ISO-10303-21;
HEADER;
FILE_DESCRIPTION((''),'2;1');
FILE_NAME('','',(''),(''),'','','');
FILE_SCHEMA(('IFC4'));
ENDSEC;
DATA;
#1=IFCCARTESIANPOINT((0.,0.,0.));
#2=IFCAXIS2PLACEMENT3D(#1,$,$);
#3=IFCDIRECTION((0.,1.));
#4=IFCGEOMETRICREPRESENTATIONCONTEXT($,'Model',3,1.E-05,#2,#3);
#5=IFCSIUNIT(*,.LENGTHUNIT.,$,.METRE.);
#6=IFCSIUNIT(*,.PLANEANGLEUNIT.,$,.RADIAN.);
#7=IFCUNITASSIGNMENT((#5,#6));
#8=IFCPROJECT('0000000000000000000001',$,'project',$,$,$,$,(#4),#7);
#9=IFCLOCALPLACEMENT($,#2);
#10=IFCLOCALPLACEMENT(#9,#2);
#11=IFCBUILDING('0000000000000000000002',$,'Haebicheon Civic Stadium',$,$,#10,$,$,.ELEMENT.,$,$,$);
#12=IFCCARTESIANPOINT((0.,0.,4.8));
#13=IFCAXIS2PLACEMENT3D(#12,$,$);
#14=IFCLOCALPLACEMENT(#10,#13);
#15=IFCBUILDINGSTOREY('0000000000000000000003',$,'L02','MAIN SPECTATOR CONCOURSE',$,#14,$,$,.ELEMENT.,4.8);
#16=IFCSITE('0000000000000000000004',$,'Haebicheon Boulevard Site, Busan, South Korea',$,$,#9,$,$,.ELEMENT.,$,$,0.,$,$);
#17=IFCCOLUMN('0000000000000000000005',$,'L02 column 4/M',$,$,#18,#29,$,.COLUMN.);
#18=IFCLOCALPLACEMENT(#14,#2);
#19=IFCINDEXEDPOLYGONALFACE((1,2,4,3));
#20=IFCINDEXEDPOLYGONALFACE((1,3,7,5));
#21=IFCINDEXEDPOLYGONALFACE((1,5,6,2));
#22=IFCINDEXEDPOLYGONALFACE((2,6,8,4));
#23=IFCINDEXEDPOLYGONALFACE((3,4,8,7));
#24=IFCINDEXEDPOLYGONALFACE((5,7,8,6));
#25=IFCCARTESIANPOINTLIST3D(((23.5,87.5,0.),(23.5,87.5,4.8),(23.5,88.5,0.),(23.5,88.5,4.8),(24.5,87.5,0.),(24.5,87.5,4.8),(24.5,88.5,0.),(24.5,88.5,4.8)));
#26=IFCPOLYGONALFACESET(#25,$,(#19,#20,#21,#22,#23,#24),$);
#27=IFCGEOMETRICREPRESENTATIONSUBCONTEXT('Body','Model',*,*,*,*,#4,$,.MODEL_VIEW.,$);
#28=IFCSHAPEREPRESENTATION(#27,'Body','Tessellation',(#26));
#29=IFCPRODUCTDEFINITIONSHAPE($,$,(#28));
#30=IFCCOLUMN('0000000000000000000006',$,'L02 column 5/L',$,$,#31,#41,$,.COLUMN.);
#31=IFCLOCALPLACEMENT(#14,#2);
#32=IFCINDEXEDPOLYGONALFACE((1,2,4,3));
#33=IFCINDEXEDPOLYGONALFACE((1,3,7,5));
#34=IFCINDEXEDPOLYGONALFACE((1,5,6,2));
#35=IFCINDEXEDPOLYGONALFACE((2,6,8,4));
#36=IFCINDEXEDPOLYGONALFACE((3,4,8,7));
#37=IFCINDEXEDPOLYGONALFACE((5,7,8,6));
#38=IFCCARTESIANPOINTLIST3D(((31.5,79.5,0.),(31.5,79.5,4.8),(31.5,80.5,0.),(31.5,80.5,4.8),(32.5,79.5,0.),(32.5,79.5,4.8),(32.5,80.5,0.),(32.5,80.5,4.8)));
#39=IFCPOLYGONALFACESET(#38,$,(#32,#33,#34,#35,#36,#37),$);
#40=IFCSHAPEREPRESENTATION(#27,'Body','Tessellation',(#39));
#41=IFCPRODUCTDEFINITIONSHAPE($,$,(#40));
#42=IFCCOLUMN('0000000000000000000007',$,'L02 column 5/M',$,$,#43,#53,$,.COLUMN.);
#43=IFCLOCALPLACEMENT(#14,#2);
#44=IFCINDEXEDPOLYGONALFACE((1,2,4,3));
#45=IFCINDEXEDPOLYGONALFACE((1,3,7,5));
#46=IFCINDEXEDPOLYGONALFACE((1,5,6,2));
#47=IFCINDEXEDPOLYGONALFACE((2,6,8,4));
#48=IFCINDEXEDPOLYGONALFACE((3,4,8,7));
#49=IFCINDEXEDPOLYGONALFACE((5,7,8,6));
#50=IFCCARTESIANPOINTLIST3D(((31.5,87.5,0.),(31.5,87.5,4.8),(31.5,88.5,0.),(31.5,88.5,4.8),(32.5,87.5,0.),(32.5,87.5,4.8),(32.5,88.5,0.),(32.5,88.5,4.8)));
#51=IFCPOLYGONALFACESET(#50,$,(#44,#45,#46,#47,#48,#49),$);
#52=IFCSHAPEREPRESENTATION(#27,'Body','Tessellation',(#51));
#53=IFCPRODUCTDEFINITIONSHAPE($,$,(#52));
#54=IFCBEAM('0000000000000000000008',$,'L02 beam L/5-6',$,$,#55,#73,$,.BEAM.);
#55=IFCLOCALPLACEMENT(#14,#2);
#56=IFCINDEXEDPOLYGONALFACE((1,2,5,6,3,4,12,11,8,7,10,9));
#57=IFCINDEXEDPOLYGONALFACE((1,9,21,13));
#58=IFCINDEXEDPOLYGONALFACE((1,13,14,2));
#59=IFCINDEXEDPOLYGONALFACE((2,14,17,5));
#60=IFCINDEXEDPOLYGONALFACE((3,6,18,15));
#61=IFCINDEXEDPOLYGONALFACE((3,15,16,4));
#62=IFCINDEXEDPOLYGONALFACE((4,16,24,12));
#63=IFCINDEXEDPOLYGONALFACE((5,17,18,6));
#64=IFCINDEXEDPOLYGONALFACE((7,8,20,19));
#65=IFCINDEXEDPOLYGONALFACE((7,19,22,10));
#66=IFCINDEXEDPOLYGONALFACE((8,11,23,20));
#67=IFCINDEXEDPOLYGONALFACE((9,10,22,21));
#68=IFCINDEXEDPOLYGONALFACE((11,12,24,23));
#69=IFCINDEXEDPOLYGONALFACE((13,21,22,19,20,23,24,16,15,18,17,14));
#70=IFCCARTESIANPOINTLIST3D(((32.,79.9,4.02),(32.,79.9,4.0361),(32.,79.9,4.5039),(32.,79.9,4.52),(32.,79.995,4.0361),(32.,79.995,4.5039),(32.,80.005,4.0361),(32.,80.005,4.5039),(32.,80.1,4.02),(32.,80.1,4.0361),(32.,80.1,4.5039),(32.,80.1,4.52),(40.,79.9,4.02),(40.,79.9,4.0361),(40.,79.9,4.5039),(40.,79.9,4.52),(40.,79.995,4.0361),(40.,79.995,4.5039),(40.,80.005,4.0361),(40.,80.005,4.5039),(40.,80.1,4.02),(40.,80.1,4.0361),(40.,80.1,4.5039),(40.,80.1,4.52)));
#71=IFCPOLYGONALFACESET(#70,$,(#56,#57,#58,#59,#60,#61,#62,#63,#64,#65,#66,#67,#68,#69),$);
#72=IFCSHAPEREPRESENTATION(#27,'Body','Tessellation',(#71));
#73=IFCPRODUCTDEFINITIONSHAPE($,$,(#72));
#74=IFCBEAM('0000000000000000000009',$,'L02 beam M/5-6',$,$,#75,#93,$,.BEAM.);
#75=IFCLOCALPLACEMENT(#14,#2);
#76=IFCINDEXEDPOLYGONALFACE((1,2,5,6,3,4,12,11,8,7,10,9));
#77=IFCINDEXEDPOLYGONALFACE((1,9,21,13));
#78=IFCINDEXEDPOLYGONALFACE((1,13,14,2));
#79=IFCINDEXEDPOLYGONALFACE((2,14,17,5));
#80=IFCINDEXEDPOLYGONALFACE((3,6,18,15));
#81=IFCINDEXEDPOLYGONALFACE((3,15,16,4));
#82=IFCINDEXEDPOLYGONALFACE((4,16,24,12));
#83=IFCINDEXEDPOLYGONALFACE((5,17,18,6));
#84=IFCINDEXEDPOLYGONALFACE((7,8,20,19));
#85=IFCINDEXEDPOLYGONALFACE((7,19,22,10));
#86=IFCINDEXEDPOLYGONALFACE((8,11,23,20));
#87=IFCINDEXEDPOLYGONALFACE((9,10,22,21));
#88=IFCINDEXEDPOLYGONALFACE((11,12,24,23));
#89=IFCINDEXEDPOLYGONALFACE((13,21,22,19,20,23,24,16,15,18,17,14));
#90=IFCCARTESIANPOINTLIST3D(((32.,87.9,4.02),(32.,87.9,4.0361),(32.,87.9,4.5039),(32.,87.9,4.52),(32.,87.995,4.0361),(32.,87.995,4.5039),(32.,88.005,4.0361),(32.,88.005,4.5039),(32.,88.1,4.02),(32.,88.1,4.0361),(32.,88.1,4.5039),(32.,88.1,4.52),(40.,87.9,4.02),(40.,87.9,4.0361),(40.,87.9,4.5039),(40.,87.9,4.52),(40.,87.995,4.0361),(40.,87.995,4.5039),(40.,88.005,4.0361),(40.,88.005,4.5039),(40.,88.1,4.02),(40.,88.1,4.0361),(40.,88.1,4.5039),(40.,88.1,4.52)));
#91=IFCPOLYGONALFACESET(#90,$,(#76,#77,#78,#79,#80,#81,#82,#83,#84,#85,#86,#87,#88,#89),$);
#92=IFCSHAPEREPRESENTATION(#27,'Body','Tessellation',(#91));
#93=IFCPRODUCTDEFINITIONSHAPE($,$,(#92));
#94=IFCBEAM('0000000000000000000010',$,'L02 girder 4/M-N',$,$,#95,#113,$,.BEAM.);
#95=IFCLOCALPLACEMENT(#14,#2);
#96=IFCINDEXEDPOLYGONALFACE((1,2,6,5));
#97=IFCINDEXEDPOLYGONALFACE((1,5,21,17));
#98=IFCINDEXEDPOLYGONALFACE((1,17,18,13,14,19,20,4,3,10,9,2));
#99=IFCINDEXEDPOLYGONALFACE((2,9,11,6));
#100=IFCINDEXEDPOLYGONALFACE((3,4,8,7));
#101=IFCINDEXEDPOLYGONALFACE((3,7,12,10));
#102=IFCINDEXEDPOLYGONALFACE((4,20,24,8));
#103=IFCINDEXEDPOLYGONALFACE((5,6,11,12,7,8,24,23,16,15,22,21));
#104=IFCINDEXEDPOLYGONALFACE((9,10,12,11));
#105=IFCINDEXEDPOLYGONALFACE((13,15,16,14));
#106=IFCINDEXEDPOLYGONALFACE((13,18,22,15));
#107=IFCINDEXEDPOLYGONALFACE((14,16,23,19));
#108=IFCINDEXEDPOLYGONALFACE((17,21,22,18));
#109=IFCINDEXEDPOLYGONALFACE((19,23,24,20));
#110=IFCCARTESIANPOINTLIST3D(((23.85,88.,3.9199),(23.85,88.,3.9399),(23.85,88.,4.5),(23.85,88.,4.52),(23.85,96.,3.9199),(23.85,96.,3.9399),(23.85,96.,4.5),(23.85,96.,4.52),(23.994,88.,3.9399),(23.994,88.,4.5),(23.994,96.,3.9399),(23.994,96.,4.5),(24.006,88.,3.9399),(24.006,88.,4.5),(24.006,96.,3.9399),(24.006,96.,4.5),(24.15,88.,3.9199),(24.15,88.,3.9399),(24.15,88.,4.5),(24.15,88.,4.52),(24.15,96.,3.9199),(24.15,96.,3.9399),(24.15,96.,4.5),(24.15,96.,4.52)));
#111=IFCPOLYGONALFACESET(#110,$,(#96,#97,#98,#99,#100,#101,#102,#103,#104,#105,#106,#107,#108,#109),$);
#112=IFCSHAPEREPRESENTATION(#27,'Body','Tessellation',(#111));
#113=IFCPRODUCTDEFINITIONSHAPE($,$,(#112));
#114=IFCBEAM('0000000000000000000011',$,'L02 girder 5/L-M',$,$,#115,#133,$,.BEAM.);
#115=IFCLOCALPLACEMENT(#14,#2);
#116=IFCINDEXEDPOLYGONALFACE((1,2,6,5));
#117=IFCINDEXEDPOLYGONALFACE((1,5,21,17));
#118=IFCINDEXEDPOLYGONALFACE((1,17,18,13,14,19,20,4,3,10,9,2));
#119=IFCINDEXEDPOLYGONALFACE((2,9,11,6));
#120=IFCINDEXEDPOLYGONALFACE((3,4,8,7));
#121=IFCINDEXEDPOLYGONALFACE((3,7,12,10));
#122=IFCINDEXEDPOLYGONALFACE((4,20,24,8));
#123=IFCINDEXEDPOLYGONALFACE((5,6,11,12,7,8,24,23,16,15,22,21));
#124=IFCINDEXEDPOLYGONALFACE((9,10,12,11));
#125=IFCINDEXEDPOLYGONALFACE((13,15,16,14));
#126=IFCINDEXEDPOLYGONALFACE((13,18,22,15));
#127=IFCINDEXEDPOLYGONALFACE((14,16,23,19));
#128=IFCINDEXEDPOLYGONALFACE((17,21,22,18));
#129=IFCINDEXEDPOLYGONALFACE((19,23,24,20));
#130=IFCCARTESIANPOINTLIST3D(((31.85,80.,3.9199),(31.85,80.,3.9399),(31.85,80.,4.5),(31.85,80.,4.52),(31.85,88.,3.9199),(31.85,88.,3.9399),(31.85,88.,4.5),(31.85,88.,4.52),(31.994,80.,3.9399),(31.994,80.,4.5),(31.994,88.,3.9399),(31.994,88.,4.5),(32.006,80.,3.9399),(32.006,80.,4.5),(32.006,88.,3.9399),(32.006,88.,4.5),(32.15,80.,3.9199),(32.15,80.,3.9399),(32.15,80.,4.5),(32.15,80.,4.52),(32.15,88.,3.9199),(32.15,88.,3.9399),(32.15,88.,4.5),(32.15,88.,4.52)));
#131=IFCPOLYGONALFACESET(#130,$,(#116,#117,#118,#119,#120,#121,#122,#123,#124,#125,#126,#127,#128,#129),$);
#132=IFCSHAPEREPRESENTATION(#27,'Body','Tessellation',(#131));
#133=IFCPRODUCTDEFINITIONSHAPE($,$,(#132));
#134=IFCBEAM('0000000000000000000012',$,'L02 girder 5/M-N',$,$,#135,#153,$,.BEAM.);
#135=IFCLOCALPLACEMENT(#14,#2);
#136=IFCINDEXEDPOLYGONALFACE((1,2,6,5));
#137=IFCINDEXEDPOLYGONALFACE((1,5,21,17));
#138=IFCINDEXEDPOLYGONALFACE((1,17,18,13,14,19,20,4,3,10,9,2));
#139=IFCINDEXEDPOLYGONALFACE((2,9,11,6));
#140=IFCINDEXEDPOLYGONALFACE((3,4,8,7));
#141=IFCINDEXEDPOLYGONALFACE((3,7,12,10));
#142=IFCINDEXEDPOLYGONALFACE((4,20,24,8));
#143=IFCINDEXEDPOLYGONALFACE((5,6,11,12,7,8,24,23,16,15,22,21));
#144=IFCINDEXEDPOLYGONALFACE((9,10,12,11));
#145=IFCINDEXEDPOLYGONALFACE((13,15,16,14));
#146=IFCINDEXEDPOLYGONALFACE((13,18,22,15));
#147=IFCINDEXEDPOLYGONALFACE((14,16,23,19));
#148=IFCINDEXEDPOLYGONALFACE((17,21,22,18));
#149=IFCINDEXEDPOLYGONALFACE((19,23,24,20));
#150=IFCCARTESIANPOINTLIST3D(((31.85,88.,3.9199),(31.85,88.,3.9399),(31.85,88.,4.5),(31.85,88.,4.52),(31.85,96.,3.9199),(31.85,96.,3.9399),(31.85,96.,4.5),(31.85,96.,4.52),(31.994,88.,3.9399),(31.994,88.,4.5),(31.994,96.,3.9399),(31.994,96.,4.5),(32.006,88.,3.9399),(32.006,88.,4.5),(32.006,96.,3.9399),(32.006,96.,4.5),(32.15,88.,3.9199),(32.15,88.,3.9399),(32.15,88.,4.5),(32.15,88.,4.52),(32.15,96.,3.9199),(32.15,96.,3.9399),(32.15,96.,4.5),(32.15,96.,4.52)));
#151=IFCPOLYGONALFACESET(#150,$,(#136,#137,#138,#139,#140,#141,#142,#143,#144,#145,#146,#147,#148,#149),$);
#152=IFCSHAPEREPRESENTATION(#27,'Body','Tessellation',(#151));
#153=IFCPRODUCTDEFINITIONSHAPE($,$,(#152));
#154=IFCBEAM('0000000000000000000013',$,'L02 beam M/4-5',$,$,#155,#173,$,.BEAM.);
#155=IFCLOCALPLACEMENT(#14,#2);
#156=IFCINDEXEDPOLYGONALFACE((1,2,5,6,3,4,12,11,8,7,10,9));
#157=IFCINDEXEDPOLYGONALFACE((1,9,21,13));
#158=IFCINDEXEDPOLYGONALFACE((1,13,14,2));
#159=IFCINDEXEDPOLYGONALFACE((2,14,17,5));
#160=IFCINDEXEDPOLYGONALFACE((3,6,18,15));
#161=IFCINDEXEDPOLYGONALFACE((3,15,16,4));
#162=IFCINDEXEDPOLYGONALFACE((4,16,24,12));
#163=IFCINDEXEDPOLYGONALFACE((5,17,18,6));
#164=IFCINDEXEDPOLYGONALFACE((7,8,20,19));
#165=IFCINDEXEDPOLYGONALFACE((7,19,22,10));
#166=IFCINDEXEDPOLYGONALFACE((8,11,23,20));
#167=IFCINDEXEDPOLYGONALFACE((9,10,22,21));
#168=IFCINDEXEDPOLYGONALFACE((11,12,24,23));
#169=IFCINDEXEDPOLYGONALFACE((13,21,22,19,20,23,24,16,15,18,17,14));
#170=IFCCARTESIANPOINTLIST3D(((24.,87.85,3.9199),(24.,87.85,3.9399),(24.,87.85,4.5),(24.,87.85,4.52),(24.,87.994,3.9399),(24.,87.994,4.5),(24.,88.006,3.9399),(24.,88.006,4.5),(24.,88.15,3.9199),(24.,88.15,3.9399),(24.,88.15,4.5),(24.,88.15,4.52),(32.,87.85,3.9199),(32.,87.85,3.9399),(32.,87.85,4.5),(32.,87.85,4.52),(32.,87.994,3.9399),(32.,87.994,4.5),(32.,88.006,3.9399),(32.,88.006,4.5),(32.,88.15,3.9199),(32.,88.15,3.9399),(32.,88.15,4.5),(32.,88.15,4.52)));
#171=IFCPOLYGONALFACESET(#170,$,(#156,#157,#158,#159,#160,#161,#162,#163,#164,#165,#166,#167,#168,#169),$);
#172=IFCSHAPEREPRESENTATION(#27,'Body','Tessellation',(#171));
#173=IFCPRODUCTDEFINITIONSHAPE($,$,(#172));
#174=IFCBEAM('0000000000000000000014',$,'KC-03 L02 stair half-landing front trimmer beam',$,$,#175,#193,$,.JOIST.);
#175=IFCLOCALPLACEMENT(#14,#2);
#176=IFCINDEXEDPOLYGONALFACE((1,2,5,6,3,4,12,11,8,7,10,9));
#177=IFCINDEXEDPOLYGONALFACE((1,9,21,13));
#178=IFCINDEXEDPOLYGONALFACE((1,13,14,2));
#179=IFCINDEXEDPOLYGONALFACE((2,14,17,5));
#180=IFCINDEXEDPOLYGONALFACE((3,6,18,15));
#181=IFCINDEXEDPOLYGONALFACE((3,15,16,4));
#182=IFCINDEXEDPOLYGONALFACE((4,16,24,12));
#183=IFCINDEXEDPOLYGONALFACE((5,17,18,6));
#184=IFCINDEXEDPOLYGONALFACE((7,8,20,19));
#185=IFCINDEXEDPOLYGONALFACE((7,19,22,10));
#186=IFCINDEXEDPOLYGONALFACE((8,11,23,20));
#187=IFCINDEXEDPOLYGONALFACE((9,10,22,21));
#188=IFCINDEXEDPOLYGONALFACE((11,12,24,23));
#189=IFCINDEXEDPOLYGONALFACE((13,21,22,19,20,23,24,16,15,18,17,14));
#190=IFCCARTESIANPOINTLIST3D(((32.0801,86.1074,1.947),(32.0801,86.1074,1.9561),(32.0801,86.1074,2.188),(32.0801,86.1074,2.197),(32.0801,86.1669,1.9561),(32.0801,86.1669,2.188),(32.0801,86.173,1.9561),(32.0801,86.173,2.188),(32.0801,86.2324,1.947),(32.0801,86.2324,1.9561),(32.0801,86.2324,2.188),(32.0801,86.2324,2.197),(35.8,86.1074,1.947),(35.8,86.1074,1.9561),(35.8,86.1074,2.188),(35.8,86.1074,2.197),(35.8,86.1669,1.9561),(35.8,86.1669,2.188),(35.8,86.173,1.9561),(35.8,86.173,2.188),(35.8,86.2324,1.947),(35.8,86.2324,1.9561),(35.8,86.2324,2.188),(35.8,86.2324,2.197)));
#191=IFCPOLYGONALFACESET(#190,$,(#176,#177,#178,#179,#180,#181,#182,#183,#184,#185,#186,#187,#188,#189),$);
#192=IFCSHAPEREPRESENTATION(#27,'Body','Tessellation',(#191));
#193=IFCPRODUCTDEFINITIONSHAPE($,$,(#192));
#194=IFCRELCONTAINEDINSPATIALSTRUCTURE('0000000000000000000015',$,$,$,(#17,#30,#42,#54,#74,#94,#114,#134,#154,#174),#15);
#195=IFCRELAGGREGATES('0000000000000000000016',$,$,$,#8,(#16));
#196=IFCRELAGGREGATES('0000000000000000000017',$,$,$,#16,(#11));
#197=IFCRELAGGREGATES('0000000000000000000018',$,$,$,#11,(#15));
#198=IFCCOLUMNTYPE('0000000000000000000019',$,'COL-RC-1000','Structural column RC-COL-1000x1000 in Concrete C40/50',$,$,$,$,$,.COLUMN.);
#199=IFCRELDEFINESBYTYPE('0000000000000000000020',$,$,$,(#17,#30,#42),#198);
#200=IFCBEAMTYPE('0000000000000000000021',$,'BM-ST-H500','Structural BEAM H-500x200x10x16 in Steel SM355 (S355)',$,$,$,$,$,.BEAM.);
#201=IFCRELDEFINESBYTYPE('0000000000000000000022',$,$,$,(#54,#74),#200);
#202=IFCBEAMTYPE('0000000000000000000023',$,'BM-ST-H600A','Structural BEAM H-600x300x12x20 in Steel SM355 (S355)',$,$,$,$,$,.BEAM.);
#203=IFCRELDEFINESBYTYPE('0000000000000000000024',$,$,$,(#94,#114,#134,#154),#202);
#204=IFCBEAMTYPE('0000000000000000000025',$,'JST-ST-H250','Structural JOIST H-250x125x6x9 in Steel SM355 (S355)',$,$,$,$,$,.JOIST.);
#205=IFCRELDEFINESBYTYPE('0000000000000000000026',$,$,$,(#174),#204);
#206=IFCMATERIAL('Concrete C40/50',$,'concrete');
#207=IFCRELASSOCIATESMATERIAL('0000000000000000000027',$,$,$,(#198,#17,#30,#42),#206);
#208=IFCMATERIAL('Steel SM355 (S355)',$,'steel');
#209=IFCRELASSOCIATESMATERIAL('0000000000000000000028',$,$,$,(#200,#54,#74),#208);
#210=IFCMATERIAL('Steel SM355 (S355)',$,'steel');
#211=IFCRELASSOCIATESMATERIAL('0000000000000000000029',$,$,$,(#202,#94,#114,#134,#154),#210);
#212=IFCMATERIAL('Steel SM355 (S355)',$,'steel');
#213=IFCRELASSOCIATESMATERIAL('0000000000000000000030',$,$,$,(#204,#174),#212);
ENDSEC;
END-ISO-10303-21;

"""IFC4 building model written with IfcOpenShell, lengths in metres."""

from ifc_helpers import new_model, si_unit, direction, frame, origin, origin_2d, place, context, subcontext, project, spatial, rectangle, i_section, extrude, material, material_profile, profile_set, type_object, element, save


model = new_model("IFC4")

# Units and contexts
model_context = context("Model", 3, precision=1e-05, world=origin(), true_north=direction((0.0, 1.0)))
body_context = subcontext(model_context, "Body", "Model", "MODEL_VIEW")
ifc_project = project(units=[si_unit("LENGTHUNIT", "METRE"), si_unit("PLANEANGLEUNIT", "RADIAN")], contexts=[model_context])

# Site, building, storey
site_placement = place(None, origin())
site = spatial("IfcSite", under=ifc_project, at=site_placement, Name="Haebicheon Boulevard Site, Busan, South Korea", CompositionType="ELEMENT", RefElevation=0.0)
building_placement = place(site_placement, origin())
building = spatial("IfcBuilding", under=site, at=building_placement, Name="Haebicheon Civic Stadium", CompositionType="ELEMENT")
storey_placement = place(building_placement, frame((0.0, 0.0, 4.8)))
storey = spatial("IfcBuildingStorey", under=building, at=storey_placement, Name="L02", Description="MAIN SPECTATOR CONCOURSE", CompositionType="ELEMENT", Elevation=4.8)

# Columns
ifc_material_1 = material(Name="Concrete C40/50", Category="concrete")
ifc_material_profile_1 = material_profile(ifc_material_1, rectangle(XDim=1.0, YDim=1.0, at=origin_2d()), Name="RC-COL-1000x1000")
ifc_profile_set_1 = profile_set([ifc_material_profile_1], Name="Concrete C40/50")
column_type = type_object("IfcColumnType", Name="COL-RC-1000", Description="Structural column RC-COL-1000x1000 in Concrete C40/50", PredefinedType="COLUMN", material=ifc_profile_set_1)
for number, where, z_axis, x_axis, name in (
    (1, (24.0, 88.0, 0.0), (0.0, 0.0, 1.0), (1.0, 0.0, 0.0), "L02 column 4/M"),
    (2, (32.0, 80.0, 0.0), (0.0, 0.0, 1.0), (1.0, 0.0, 0.0), "L02 column 5/L"),
    (3, (32.0, 88.0, 0.0), (0.0, 0.0, 1.0), (1.0, 0.0, 0.0), "L02 column 5/M"),
):
    element("IfcColumn", number, at=place(storey_placement, frame(where, z_axis=z_axis, x_axis=x_axis)), inside=storey, type_object=column_type, material=ifc_profile_set_1, Name=name, PredefinedType="COLUMN", context=body_context, shape_type="SweptSolid", body=[
        extrude(rectangle(XDim=1.0, YDim=1.0, at=origin_2d()), origin(), (0.0, 0.0, 1.0), 4.8),
    ])

# Beams
ifc_material_2 = material(Name="Steel SM355 (S355)", Category="steel")
ifc_material_profile_2 = material_profile(ifc_material_2, i_section(OverallWidth=0.2, OverallDepth=0.5, WebThickness=0.01, FlangeThickness=0.0161, at=origin_2d()), Name="H-500x200x10x16")
ifc_profile_set_2 = profile_set([ifc_material_profile_2], Name="Steel SM355 (S355)")
beam_type_1 = type_object("IfcBeamType", Name="BM-ST-H500", Description="Structural BEAM H-500x200x10x16 in Steel SM355 (S355)", PredefinedType="BEAM", material=ifc_profile_set_2)
for number, where, z_axis, x_axis, name in (
    (4, (32.0, 80.0, 4.27), (1.0, 0.0, 0.0), (0.0, 1.0, 0.0), "L02 beam L/5-6"),
    (5, (32.0, 88.0, 4.27), (1.0, 0.0, 0.0), (0.0, 1.0, 0.0), "L02 beam M/5-6"),
):
    element("IfcBeam", number, at=place(storey_placement, frame(where, z_axis=z_axis, x_axis=x_axis)), inside=storey, type_object=beam_type_1, material=ifc_profile_set_2, Name=name, PredefinedType="BEAM", context=body_context, shape_type="SweptSolid", body=[
        extrude(i_section(OverallWidth=0.2, OverallDepth=0.5, WebThickness=0.01, FlangeThickness=0.0161, at=origin_2d()), origin(), (0.0, 0.0, 1.0), 8.0),
    ])
ifc_material_3 = material(Name="Steel SM355 (S355)", Category="steel")
ifc_material_profile_3 = material_profile(ifc_material_3, i_section(OverallWidth=0.3, OverallDepth=0.6001, WebThickness=0.012, FlangeThickness=0.02, at=origin_2d()), Name="H-600x300x12x20")
ifc_profile_set_3 = profile_set([ifc_material_profile_3], Name="Steel SM355 (S355)")
beam_type_2 = type_object("IfcBeamType", Name="BM-ST-H600A", Description="Structural BEAM H-600x300x12x20 in Steel SM355 (S355)", PredefinedType="BEAM", material=ifc_profile_set_3)
for number, where, z_axis, x_axis, name in (
    (6, (24.0, 88.0, 4.22), (0.0, 1.0, 0.0), (-1.0, 0.0, 0.0), "L02 girder 4/M-N"),
    (7, (32.0, 80.0, 4.22), (0.0, 1.0, 0.0), (-1.0, 0.0, 0.0), "L02 girder 5/L-M"),
    (8, (32.0, 88.0, 4.22), (0.0, 1.0, 0.0), (-1.0, 0.0, 0.0), "L02 girder 5/M-N"),
    (9, (24.0, 88.0, 4.22), (1.0, 0.0, 0.0), (0.0, 1.0, 0.0), "L02 beam M/4-5"),
):
    element("IfcBeam", number, at=place(storey_placement, frame(where, z_axis=z_axis, x_axis=x_axis)), inside=storey, type_object=beam_type_2, material=ifc_profile_set_3, Name=name, PredefinedType="BEAM", context=body_context, shape_type="SweptSolid", body=[
        extrude(i_section(OverallWidth=0.3, OverallDepth=0.6001, WebThickness=0.012, FlangeThickness=0.02, at=origin_2d()), origin(), (0.0, 0.0, 1.0), 8.0),
    ])
ifc_material_4 = material(Name="Steel SM355 (S355)", Category="steel")
ifc_material_profile_4 = material_profile(ifc_material_4, i_section(OverallWidth=0.125, OverallDepth=0.25, WebThickness=0.0061, FlangeThickness=0.009, at=origin_2d()), Name="H-250x125x6x9")
ifc_profile_set_4 = profile_set([ifc_material_profile_4], Name="Steel SM355 (S355)")
beam_type_3 = type_object("IfcBeamType", Name="JST-ST-H250", Description="Structural JOIST H-250x125x6x9 in Steel SM355 (S355)", PredefinedType="JOIST", material=ifc_profile_set_4)
for number, where, z_axis, x_axis, name in (
    (10, (32.0801, 86.1699, 2.072), (1.0, 0.0, 0.0), (0.0, 1.0, 0.0), "KC-03 L02 stair half-landing front trimmer beam"),
):
    element("IfcBeam", number, at=place(storey_placement, frame(where, z_axis=z_axis, x_axis=x_axis)), inside=storey, type_object=beam_type_3, material=ifc_profile_set_4, Name=name, PredefinedType="JOIST", context=body_context, shape_type="SweptSolid", body=[
        extrude(i_section(OverallWidth=0.125, OverallDepth=0.25, WebThickness=0.0061, FlangeThickness=0.009, at=origin_2d()), origin(), (0.0, 0.0, 1.0), 3.72),
    ])

save(model, "model.ifc")
